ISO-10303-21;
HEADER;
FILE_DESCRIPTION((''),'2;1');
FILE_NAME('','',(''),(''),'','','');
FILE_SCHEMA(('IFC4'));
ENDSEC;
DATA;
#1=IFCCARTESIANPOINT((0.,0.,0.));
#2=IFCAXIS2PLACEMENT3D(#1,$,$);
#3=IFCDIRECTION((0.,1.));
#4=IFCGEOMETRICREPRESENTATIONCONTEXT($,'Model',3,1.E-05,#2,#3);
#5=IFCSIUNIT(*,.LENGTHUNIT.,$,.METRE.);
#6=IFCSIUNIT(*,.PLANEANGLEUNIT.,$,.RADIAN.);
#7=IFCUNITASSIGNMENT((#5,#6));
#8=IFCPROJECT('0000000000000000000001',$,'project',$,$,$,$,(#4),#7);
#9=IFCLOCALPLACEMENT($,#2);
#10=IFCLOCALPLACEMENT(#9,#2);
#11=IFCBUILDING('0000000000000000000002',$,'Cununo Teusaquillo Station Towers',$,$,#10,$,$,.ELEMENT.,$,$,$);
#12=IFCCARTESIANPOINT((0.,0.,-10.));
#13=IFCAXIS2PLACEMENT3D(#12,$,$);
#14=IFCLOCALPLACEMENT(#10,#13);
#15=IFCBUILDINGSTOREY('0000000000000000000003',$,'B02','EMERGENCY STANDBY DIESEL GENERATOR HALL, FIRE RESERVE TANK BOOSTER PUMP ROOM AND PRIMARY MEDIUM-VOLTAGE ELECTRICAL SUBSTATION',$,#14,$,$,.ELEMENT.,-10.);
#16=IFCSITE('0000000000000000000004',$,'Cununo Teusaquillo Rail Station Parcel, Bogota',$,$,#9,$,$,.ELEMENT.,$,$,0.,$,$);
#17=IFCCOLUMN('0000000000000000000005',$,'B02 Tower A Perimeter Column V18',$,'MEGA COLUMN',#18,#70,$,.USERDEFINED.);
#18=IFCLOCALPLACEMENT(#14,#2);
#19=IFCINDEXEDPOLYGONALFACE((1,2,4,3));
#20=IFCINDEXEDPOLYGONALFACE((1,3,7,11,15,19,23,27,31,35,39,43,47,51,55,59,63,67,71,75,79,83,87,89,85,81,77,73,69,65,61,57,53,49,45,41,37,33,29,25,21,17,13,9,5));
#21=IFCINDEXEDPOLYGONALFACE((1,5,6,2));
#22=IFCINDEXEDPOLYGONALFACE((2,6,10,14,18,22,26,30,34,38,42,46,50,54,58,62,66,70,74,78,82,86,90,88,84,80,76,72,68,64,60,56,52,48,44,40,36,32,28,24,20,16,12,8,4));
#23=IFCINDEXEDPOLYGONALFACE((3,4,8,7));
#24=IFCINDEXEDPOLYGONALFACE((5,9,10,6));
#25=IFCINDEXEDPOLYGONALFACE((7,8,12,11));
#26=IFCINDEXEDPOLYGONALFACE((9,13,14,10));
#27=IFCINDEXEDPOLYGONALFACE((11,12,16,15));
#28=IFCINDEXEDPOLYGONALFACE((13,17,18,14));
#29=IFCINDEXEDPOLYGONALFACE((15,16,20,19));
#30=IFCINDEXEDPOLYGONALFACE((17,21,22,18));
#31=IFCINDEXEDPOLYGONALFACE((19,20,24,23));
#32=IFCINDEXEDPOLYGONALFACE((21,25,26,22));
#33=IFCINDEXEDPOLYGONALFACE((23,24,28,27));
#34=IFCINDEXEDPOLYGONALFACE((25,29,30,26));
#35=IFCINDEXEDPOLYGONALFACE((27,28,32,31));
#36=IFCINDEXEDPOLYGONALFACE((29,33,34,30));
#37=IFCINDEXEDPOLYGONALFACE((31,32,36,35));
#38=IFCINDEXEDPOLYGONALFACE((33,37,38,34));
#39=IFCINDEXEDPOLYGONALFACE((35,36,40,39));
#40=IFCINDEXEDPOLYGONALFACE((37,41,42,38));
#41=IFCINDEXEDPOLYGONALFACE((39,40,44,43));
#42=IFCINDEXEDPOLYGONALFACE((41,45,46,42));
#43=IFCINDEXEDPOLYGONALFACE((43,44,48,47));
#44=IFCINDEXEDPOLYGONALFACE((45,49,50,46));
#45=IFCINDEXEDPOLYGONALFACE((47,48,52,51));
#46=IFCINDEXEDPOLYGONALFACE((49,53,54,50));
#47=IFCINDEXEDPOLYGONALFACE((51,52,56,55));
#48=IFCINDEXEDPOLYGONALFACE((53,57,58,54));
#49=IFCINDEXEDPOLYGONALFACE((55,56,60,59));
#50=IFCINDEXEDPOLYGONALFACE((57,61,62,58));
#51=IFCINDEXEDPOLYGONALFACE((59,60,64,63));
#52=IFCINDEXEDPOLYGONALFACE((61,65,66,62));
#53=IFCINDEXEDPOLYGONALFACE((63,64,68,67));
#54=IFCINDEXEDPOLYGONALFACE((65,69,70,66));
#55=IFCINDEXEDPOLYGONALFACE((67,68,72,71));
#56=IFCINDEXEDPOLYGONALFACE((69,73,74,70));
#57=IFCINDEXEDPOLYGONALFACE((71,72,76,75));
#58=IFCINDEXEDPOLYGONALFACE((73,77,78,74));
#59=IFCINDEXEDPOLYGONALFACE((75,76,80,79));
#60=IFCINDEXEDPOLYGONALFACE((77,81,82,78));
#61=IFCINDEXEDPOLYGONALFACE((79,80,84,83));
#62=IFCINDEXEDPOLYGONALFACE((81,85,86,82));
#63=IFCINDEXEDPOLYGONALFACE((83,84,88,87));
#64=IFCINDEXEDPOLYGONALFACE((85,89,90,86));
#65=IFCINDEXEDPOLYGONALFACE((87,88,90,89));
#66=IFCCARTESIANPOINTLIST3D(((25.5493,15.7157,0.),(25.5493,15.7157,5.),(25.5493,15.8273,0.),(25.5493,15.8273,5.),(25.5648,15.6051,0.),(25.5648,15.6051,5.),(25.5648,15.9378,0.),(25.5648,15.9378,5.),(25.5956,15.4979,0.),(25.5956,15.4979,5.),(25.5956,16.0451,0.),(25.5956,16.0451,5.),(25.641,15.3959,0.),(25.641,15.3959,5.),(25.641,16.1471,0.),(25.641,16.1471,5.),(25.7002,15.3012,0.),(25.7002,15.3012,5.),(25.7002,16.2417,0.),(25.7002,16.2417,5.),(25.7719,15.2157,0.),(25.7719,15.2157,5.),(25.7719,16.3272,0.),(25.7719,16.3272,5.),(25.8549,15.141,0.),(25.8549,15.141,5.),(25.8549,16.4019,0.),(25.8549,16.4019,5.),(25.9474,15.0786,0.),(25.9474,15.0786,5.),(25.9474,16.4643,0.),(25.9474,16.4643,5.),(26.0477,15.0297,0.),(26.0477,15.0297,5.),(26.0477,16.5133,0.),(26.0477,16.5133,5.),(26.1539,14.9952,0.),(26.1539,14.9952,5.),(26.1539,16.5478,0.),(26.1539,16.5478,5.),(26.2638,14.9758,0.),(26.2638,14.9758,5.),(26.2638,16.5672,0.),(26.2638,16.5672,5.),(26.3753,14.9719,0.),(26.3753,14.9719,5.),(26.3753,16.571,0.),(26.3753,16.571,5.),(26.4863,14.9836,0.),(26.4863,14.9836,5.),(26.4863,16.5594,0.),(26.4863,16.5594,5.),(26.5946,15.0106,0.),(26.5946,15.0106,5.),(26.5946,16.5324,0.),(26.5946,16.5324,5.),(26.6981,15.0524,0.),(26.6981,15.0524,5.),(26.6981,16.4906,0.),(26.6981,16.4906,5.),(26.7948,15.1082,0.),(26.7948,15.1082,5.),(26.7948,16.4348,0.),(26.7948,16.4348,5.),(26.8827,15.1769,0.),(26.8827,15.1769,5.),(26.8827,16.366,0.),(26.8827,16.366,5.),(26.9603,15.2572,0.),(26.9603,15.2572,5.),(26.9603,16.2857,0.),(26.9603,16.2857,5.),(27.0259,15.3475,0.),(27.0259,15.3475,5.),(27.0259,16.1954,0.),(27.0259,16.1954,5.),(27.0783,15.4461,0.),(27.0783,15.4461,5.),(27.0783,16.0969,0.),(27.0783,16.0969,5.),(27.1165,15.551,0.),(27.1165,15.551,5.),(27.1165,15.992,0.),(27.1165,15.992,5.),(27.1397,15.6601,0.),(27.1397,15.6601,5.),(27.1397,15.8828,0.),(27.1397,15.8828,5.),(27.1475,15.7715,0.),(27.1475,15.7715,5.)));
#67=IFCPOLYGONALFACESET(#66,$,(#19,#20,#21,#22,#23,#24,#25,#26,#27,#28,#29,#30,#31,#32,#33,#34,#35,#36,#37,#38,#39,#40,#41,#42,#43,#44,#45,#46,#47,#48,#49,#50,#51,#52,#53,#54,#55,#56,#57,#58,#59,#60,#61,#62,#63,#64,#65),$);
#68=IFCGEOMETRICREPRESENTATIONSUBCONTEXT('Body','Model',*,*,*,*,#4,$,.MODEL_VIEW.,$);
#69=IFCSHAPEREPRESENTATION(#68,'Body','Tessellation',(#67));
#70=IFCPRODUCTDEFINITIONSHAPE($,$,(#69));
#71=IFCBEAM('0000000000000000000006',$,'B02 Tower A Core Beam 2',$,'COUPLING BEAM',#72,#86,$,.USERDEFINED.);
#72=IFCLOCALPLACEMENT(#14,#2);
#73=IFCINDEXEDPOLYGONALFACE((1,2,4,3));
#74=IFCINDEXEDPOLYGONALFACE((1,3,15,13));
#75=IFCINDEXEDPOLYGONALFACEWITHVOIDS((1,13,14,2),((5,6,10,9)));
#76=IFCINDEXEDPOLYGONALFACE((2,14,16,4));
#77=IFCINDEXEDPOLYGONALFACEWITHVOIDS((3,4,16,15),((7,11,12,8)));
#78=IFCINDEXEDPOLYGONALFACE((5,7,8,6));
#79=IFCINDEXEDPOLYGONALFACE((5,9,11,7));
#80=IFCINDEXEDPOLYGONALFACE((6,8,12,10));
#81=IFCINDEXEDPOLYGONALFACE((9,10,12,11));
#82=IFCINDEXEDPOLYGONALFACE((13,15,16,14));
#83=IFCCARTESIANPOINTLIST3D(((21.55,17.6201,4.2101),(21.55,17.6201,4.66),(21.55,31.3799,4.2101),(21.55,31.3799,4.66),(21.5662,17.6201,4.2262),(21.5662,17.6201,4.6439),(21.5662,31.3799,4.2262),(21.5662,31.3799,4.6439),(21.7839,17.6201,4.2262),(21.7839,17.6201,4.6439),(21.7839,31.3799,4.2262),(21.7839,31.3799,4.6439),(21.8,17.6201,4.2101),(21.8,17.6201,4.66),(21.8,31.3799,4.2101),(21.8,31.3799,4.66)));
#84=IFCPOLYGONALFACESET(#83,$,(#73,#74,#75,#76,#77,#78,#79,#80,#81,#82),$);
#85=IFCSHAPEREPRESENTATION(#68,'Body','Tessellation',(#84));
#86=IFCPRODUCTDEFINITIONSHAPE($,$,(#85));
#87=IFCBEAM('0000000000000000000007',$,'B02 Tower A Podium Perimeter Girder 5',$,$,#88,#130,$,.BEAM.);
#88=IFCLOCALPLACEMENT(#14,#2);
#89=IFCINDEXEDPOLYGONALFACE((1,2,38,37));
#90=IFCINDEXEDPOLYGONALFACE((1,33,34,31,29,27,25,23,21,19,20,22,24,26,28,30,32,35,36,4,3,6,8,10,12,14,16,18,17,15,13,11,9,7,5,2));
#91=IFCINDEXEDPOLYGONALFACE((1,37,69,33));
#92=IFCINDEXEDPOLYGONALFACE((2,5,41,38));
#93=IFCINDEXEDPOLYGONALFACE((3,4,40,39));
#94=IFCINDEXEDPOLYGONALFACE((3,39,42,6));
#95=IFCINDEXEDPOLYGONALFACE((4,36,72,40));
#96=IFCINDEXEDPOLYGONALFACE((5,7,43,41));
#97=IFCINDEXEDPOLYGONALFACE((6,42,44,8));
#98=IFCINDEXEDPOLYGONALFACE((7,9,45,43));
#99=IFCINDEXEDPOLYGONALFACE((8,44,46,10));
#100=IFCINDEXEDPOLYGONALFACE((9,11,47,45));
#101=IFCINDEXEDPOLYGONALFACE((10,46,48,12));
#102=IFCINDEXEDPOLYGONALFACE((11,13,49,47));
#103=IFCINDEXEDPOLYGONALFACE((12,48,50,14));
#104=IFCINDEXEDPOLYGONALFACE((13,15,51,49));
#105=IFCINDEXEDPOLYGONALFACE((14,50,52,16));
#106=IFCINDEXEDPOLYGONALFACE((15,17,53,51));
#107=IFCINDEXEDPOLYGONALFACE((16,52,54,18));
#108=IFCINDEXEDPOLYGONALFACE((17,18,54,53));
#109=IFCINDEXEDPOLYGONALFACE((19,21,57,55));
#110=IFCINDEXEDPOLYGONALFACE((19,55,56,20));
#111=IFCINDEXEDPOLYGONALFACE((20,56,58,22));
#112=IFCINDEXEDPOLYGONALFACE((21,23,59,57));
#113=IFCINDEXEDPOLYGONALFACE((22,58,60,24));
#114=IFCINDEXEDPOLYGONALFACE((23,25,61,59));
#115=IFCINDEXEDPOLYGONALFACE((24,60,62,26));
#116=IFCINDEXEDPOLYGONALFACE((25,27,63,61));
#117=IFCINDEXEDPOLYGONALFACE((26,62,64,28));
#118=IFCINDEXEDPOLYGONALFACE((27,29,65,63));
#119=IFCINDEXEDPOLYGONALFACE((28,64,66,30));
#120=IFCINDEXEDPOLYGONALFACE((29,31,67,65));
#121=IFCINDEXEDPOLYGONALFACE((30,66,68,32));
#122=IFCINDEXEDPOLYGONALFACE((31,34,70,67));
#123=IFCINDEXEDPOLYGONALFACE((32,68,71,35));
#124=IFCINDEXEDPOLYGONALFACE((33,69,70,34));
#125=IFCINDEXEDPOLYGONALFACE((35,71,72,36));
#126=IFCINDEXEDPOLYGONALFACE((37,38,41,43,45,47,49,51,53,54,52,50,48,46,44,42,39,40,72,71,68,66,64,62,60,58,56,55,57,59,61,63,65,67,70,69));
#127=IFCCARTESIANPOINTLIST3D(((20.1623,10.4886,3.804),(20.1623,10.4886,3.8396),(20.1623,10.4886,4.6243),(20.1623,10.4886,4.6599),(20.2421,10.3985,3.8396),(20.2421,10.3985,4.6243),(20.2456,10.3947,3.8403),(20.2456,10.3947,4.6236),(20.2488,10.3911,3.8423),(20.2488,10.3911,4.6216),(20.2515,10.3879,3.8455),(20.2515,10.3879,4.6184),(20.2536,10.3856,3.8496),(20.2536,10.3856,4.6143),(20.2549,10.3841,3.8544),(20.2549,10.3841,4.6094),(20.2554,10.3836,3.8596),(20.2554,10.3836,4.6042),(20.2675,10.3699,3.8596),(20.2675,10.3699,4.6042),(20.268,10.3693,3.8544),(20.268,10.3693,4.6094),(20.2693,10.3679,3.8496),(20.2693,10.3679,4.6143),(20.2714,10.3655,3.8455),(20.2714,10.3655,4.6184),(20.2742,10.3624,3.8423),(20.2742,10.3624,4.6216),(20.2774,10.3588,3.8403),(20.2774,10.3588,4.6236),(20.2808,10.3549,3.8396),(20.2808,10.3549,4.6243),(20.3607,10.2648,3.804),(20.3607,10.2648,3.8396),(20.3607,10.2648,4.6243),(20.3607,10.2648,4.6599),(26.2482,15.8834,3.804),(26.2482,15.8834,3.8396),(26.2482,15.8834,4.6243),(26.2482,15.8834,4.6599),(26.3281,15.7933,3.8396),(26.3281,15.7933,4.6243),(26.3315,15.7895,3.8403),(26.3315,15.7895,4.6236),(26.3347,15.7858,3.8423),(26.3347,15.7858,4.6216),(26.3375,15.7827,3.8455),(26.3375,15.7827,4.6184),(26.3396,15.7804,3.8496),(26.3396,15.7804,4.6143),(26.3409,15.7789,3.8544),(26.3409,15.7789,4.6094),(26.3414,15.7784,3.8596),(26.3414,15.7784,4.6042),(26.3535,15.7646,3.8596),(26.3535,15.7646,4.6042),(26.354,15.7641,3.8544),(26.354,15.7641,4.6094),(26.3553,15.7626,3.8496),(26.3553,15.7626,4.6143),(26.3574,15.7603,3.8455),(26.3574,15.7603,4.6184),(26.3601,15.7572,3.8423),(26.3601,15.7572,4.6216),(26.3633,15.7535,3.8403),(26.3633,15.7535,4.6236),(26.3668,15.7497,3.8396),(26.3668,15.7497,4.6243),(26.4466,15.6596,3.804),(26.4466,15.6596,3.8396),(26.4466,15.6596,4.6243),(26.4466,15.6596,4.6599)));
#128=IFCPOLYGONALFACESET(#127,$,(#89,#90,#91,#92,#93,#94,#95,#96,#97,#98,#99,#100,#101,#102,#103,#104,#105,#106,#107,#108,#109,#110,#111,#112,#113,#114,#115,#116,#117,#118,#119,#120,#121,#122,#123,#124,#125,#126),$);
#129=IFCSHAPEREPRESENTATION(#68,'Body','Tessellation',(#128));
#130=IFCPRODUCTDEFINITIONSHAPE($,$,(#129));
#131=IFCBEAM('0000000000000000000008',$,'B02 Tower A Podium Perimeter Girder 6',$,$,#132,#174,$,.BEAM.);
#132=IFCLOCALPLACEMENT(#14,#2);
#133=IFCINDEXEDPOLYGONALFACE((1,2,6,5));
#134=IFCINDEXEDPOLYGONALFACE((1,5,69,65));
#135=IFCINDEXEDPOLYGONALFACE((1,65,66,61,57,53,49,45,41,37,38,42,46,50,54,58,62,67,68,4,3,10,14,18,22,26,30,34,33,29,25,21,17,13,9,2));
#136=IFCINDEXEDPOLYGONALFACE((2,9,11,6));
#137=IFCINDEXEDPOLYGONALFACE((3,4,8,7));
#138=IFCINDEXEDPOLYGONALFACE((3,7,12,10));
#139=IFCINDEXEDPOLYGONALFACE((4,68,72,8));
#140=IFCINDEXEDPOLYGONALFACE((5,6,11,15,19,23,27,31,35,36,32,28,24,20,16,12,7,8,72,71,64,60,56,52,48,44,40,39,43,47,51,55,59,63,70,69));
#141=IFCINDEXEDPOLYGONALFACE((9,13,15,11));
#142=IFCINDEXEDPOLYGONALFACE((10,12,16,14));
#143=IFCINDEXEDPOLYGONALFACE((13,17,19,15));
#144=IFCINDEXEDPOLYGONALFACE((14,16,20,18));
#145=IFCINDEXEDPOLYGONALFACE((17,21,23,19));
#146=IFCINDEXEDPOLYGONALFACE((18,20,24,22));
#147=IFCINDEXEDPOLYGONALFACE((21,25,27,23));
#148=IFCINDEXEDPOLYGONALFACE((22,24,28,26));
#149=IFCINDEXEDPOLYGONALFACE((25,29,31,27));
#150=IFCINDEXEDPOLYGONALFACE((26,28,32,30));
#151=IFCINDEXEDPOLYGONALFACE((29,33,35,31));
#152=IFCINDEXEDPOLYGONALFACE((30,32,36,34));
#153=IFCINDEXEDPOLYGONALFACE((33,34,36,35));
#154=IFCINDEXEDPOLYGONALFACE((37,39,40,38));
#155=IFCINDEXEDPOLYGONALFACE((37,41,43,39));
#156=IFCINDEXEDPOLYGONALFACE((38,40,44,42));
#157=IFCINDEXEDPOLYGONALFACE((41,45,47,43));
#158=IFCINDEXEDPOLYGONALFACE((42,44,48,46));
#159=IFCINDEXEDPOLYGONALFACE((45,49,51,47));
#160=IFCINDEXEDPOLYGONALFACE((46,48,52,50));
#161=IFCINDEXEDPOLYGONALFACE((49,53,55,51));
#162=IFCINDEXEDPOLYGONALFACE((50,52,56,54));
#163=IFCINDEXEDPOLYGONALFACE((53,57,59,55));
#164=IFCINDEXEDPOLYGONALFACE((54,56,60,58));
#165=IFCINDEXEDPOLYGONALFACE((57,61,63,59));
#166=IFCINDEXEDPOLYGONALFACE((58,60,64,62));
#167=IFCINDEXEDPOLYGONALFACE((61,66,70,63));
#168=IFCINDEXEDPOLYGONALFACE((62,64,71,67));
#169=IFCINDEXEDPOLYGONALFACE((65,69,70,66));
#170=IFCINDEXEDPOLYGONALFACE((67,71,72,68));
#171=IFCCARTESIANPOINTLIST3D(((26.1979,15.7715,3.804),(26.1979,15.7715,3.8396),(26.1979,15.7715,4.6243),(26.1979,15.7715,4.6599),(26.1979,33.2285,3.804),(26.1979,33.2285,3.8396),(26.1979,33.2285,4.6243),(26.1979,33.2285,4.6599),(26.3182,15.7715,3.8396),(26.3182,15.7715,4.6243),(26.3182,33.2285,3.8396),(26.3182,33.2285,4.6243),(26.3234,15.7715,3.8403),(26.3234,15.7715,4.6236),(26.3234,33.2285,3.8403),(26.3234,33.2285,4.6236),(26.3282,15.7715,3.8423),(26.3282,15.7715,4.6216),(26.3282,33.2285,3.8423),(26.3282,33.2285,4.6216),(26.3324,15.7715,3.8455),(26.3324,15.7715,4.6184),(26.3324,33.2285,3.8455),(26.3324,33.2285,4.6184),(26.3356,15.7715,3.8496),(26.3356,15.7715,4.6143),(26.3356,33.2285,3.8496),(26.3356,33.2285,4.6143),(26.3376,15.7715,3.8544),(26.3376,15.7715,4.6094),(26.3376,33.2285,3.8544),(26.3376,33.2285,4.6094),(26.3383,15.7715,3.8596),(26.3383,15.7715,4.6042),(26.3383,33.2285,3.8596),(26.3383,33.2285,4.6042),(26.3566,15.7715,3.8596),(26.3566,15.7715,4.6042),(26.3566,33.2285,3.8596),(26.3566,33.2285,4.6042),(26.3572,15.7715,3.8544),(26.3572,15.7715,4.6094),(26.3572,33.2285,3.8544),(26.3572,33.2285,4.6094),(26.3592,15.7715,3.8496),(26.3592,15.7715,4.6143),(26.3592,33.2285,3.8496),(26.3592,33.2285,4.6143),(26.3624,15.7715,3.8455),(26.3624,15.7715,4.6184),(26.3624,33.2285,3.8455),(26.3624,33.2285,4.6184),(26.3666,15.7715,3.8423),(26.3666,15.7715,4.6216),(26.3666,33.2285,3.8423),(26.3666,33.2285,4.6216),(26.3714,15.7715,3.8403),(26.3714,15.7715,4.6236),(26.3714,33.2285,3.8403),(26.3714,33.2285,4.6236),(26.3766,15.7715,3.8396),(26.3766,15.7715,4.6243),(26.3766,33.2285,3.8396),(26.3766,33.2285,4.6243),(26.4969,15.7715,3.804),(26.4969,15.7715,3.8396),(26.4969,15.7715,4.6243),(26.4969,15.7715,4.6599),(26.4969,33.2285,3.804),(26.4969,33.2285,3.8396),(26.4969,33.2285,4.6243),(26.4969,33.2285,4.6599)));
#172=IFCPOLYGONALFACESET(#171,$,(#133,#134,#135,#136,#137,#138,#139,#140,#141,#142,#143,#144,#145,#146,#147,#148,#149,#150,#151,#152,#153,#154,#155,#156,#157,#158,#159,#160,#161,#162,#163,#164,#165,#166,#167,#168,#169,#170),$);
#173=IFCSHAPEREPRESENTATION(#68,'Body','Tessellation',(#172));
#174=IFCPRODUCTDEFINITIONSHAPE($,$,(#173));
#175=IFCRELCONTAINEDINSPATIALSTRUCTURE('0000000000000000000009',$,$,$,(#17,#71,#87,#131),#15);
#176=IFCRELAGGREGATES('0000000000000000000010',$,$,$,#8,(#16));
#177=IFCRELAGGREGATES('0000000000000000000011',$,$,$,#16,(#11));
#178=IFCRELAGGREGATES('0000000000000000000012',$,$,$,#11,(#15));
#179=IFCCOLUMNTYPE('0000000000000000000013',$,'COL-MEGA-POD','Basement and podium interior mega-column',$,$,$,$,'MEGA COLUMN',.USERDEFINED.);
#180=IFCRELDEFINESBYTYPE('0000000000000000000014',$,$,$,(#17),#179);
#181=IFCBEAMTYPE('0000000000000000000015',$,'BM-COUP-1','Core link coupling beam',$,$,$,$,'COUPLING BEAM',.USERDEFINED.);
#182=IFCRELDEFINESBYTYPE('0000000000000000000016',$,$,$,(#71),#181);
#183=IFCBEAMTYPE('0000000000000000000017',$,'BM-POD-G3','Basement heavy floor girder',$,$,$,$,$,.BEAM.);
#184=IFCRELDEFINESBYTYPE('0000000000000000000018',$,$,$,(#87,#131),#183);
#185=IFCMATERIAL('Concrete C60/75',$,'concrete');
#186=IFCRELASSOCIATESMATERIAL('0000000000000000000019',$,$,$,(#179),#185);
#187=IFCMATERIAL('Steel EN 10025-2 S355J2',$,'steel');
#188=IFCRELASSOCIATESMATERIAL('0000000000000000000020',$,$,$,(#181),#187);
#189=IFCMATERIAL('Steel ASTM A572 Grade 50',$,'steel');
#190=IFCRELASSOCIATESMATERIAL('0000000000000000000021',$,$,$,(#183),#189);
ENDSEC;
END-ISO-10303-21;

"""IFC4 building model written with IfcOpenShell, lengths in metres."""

from ifc_helpers import new_model, si_unit, direction, frame, origin, origin_2d, place, context, subcontext, project, spatial, hollow_rectangle, circle, i_section, extrude, material, material_profile, profile_set, type_object, element, save


model = new_model("IFC4")

# Units and contexts
model_context = context("Model", 3, precision=1e-05, world=origin(), true_north=direction((0.0, 1.0)))
body_context = subcontext(model_context, "Body", "Model", "MODEL_VIEW")
ifc_project = project(units=[si_unit("LENGTHUNIT", "METRE"), si_unit("PLANEANGLEUNIT", "RADIAN")], contexts=[model_context])

# Site, building, storey
site_placement = place(None, origin())
site = spatial("IfcSite", under=ifc_project, at=site_placement, Name="Cununo Teusaquillo Rail Station Parcel, Bogota", CompositionType="ELEMENT", RefElevation=0.0)
building_placement = place(site_placement, origin())
building = spatial("IfcBuilding", under=site, at=building_placement, Name="Cununo Teusaquillo Station Towers", CompositionType="ELEMENT")
storey_placement = place(building_placement, frame((0.0, 0.0, -10.0)))
storey = spatial("IfcBuildingStorey", under=building, at=storey_placement, Name="B02", Description="EMERGENCY STANDBY DIESEL GENERATOR HALL, FIRE RESERVE TANK BOOSTER PUMP ROOM AND PRIMARY MEDIUM-VOLTAGE ELECTRICAL SUBSTATION", CompositionType="ELEMENT", Elevation=-10.0)

# Column
ifc_material_1 = material(Name="Concrete C60/75", Category="concrete")
ifc_material_profile_1 = material_profile(ifc_material_1, circle(Radius=0.8, at=origin_2d()), Name="RC-CIRC-1600")
ifc_profile_set_1 = profile_set([ifc_material_profile_1], Name="Concrete C60/75")
column_type_1 = type_object("IfcColumnType", Name="COL-MEGA-POD", Description="Basement and podium interior mega-column", ElementType="MEGA COLUMN", PredefinedType="USERDEFINED", material=ifc_profile_set_1)
for number, where, z_axis, x_axis, name in (
    (1, (26.3474, 15.7715, 0.0), (0.0, 0.0, 1.0), (1.0, 0.0, 0.0), "B02 Tower A Perimeter Column V18"),
):
    element("IfcColumn", number, at=place(storey_placement, frame(where, z_axis=z_axis, x_axis=x_axis)), inside=storey, type_object=column_type_1, Name=name, ObjectType="MEGA COLUMN", PredefinedType="USERDEFINED", context=body_context, shape_type="SweptSolid", body=[
        extrude(circle(Radius=0.8, at=origin_2d()), origin(), (0.0, 0.0, 1.0), 5.0),
    ])

# Beams
ifc_material_2 = material(Name="Steel EN 10025-2 S355J2", Category="steel")
ifc_material_profile_2 = material_profile(ifc_material_2, hollow_rectangle(XDim=0.25, YDim=0.45, WallThickness=0.0161, at=origin_2d()), Name="RHS 450x250x16")
ifc_profile_set_2 = profile_set([ifc_material_profile_2], Name="Steel EN 10025-2 S355J2")
beam_type_1 = type_object("IfcBeamType", Name="BM-COUP-1", Description="Core link coupling beam", ElementType="COUPLING BEAM", PredefinedType="USERDEFINED", material=ifc_profile_set_2)
beam_1_placement = place(storey_placement, frame((21.675, 17.6201, 4.4351), z_axis=(0.0, 1.0, 0.0), x_axis=(-1.0, 0.0, 0.0)))
element("IfcBeam", 2, at=beam_1_placement, inside=storey, type_object=beam_type_1, Name="B02 Tower A Core Beam 2", ObjectType="COUPLING BEAM", PredefinedType="USERDEFINED", context=body_context, shape_type="SweptSolid", body=[
    extrude(hollow_rectangle(XDim=0.25, YDim=0.45, WallThickness=0.0161, at=origin_2d()), origin(), (0.0, 0.0, 1.0), 13.7598),
])
ifc_material_3 = material(Name="Steel ASTM A572 Grade 50", Category="steel")
ifc_material_profile_3 = material_profile(ifc_material_3, i_section(OverallWidth=0.2991, OverallDepth=0.856, WebThickness=0.0183, FlangeThickness=0.0356, FilletRadius=0.02, at=origin_2d()), Name="W33X201")
ifc_profile_set_3 = profile_set([ifc_material_profile_3], Name="Steel ASTM A572 Grade 50")
beam_type_2 = type_object("IfcBeamType", Name="BM-POD-G3", Description="Basement heavy floor girder", PredefinedType="BEAM", material=ifc_profile_set_3)
beam_2_placement = place(storey_placement, frame((20.2615, 10.3767, 4.2319), z_axis=(0.748321, 0.663337, 0.0), x_axis=(-0.663337, 0.748321, 0.0)))
element("IfcBeam", 3, at=beam_2_placement, inside=storey, type_object=beam_type_2, Name="B02 Tower A Podium Perimeter Girder 5", PredefinedType="BEAM", context=body_context, shape_type="SweptSolid", body=[
    extrude(i_section(OverallWidth=0.2991, OverallDepth=0.856, WebThickness=0.0183, FlangeThickness=0.0356, FilletRadius=0.02, at=origin_2d()), origin(), (0.0, 0.0, 1.0), 8.1328),
])
beam_3_placement = place(storey_placement, frame((26.3474, 15.7715, 4.2319), z_axis=(0.0, 1.0, 0.0), x_axis=(-1.0, 0.0, 0.0)))
element("IfcBeam", 4, at=beam_3_placement, inside=storey, type_object=beam_type_2, Name="B02 Tower A Podium Perimeter Girder 6", PredefinedType="BEAM", context=body_context, shape_type="SweptSolid", body=[
    extrude(i_section(OverallWidth=0.2991, OverallDepth=0.856, WebThickness=0.0183, FlangeThickness=0.0356, FilletRadius=0.02, at=origin_2d()), origin(), (0.0, 0.0, 1.0), 17.457),
])

save(model, "model.ifc")
